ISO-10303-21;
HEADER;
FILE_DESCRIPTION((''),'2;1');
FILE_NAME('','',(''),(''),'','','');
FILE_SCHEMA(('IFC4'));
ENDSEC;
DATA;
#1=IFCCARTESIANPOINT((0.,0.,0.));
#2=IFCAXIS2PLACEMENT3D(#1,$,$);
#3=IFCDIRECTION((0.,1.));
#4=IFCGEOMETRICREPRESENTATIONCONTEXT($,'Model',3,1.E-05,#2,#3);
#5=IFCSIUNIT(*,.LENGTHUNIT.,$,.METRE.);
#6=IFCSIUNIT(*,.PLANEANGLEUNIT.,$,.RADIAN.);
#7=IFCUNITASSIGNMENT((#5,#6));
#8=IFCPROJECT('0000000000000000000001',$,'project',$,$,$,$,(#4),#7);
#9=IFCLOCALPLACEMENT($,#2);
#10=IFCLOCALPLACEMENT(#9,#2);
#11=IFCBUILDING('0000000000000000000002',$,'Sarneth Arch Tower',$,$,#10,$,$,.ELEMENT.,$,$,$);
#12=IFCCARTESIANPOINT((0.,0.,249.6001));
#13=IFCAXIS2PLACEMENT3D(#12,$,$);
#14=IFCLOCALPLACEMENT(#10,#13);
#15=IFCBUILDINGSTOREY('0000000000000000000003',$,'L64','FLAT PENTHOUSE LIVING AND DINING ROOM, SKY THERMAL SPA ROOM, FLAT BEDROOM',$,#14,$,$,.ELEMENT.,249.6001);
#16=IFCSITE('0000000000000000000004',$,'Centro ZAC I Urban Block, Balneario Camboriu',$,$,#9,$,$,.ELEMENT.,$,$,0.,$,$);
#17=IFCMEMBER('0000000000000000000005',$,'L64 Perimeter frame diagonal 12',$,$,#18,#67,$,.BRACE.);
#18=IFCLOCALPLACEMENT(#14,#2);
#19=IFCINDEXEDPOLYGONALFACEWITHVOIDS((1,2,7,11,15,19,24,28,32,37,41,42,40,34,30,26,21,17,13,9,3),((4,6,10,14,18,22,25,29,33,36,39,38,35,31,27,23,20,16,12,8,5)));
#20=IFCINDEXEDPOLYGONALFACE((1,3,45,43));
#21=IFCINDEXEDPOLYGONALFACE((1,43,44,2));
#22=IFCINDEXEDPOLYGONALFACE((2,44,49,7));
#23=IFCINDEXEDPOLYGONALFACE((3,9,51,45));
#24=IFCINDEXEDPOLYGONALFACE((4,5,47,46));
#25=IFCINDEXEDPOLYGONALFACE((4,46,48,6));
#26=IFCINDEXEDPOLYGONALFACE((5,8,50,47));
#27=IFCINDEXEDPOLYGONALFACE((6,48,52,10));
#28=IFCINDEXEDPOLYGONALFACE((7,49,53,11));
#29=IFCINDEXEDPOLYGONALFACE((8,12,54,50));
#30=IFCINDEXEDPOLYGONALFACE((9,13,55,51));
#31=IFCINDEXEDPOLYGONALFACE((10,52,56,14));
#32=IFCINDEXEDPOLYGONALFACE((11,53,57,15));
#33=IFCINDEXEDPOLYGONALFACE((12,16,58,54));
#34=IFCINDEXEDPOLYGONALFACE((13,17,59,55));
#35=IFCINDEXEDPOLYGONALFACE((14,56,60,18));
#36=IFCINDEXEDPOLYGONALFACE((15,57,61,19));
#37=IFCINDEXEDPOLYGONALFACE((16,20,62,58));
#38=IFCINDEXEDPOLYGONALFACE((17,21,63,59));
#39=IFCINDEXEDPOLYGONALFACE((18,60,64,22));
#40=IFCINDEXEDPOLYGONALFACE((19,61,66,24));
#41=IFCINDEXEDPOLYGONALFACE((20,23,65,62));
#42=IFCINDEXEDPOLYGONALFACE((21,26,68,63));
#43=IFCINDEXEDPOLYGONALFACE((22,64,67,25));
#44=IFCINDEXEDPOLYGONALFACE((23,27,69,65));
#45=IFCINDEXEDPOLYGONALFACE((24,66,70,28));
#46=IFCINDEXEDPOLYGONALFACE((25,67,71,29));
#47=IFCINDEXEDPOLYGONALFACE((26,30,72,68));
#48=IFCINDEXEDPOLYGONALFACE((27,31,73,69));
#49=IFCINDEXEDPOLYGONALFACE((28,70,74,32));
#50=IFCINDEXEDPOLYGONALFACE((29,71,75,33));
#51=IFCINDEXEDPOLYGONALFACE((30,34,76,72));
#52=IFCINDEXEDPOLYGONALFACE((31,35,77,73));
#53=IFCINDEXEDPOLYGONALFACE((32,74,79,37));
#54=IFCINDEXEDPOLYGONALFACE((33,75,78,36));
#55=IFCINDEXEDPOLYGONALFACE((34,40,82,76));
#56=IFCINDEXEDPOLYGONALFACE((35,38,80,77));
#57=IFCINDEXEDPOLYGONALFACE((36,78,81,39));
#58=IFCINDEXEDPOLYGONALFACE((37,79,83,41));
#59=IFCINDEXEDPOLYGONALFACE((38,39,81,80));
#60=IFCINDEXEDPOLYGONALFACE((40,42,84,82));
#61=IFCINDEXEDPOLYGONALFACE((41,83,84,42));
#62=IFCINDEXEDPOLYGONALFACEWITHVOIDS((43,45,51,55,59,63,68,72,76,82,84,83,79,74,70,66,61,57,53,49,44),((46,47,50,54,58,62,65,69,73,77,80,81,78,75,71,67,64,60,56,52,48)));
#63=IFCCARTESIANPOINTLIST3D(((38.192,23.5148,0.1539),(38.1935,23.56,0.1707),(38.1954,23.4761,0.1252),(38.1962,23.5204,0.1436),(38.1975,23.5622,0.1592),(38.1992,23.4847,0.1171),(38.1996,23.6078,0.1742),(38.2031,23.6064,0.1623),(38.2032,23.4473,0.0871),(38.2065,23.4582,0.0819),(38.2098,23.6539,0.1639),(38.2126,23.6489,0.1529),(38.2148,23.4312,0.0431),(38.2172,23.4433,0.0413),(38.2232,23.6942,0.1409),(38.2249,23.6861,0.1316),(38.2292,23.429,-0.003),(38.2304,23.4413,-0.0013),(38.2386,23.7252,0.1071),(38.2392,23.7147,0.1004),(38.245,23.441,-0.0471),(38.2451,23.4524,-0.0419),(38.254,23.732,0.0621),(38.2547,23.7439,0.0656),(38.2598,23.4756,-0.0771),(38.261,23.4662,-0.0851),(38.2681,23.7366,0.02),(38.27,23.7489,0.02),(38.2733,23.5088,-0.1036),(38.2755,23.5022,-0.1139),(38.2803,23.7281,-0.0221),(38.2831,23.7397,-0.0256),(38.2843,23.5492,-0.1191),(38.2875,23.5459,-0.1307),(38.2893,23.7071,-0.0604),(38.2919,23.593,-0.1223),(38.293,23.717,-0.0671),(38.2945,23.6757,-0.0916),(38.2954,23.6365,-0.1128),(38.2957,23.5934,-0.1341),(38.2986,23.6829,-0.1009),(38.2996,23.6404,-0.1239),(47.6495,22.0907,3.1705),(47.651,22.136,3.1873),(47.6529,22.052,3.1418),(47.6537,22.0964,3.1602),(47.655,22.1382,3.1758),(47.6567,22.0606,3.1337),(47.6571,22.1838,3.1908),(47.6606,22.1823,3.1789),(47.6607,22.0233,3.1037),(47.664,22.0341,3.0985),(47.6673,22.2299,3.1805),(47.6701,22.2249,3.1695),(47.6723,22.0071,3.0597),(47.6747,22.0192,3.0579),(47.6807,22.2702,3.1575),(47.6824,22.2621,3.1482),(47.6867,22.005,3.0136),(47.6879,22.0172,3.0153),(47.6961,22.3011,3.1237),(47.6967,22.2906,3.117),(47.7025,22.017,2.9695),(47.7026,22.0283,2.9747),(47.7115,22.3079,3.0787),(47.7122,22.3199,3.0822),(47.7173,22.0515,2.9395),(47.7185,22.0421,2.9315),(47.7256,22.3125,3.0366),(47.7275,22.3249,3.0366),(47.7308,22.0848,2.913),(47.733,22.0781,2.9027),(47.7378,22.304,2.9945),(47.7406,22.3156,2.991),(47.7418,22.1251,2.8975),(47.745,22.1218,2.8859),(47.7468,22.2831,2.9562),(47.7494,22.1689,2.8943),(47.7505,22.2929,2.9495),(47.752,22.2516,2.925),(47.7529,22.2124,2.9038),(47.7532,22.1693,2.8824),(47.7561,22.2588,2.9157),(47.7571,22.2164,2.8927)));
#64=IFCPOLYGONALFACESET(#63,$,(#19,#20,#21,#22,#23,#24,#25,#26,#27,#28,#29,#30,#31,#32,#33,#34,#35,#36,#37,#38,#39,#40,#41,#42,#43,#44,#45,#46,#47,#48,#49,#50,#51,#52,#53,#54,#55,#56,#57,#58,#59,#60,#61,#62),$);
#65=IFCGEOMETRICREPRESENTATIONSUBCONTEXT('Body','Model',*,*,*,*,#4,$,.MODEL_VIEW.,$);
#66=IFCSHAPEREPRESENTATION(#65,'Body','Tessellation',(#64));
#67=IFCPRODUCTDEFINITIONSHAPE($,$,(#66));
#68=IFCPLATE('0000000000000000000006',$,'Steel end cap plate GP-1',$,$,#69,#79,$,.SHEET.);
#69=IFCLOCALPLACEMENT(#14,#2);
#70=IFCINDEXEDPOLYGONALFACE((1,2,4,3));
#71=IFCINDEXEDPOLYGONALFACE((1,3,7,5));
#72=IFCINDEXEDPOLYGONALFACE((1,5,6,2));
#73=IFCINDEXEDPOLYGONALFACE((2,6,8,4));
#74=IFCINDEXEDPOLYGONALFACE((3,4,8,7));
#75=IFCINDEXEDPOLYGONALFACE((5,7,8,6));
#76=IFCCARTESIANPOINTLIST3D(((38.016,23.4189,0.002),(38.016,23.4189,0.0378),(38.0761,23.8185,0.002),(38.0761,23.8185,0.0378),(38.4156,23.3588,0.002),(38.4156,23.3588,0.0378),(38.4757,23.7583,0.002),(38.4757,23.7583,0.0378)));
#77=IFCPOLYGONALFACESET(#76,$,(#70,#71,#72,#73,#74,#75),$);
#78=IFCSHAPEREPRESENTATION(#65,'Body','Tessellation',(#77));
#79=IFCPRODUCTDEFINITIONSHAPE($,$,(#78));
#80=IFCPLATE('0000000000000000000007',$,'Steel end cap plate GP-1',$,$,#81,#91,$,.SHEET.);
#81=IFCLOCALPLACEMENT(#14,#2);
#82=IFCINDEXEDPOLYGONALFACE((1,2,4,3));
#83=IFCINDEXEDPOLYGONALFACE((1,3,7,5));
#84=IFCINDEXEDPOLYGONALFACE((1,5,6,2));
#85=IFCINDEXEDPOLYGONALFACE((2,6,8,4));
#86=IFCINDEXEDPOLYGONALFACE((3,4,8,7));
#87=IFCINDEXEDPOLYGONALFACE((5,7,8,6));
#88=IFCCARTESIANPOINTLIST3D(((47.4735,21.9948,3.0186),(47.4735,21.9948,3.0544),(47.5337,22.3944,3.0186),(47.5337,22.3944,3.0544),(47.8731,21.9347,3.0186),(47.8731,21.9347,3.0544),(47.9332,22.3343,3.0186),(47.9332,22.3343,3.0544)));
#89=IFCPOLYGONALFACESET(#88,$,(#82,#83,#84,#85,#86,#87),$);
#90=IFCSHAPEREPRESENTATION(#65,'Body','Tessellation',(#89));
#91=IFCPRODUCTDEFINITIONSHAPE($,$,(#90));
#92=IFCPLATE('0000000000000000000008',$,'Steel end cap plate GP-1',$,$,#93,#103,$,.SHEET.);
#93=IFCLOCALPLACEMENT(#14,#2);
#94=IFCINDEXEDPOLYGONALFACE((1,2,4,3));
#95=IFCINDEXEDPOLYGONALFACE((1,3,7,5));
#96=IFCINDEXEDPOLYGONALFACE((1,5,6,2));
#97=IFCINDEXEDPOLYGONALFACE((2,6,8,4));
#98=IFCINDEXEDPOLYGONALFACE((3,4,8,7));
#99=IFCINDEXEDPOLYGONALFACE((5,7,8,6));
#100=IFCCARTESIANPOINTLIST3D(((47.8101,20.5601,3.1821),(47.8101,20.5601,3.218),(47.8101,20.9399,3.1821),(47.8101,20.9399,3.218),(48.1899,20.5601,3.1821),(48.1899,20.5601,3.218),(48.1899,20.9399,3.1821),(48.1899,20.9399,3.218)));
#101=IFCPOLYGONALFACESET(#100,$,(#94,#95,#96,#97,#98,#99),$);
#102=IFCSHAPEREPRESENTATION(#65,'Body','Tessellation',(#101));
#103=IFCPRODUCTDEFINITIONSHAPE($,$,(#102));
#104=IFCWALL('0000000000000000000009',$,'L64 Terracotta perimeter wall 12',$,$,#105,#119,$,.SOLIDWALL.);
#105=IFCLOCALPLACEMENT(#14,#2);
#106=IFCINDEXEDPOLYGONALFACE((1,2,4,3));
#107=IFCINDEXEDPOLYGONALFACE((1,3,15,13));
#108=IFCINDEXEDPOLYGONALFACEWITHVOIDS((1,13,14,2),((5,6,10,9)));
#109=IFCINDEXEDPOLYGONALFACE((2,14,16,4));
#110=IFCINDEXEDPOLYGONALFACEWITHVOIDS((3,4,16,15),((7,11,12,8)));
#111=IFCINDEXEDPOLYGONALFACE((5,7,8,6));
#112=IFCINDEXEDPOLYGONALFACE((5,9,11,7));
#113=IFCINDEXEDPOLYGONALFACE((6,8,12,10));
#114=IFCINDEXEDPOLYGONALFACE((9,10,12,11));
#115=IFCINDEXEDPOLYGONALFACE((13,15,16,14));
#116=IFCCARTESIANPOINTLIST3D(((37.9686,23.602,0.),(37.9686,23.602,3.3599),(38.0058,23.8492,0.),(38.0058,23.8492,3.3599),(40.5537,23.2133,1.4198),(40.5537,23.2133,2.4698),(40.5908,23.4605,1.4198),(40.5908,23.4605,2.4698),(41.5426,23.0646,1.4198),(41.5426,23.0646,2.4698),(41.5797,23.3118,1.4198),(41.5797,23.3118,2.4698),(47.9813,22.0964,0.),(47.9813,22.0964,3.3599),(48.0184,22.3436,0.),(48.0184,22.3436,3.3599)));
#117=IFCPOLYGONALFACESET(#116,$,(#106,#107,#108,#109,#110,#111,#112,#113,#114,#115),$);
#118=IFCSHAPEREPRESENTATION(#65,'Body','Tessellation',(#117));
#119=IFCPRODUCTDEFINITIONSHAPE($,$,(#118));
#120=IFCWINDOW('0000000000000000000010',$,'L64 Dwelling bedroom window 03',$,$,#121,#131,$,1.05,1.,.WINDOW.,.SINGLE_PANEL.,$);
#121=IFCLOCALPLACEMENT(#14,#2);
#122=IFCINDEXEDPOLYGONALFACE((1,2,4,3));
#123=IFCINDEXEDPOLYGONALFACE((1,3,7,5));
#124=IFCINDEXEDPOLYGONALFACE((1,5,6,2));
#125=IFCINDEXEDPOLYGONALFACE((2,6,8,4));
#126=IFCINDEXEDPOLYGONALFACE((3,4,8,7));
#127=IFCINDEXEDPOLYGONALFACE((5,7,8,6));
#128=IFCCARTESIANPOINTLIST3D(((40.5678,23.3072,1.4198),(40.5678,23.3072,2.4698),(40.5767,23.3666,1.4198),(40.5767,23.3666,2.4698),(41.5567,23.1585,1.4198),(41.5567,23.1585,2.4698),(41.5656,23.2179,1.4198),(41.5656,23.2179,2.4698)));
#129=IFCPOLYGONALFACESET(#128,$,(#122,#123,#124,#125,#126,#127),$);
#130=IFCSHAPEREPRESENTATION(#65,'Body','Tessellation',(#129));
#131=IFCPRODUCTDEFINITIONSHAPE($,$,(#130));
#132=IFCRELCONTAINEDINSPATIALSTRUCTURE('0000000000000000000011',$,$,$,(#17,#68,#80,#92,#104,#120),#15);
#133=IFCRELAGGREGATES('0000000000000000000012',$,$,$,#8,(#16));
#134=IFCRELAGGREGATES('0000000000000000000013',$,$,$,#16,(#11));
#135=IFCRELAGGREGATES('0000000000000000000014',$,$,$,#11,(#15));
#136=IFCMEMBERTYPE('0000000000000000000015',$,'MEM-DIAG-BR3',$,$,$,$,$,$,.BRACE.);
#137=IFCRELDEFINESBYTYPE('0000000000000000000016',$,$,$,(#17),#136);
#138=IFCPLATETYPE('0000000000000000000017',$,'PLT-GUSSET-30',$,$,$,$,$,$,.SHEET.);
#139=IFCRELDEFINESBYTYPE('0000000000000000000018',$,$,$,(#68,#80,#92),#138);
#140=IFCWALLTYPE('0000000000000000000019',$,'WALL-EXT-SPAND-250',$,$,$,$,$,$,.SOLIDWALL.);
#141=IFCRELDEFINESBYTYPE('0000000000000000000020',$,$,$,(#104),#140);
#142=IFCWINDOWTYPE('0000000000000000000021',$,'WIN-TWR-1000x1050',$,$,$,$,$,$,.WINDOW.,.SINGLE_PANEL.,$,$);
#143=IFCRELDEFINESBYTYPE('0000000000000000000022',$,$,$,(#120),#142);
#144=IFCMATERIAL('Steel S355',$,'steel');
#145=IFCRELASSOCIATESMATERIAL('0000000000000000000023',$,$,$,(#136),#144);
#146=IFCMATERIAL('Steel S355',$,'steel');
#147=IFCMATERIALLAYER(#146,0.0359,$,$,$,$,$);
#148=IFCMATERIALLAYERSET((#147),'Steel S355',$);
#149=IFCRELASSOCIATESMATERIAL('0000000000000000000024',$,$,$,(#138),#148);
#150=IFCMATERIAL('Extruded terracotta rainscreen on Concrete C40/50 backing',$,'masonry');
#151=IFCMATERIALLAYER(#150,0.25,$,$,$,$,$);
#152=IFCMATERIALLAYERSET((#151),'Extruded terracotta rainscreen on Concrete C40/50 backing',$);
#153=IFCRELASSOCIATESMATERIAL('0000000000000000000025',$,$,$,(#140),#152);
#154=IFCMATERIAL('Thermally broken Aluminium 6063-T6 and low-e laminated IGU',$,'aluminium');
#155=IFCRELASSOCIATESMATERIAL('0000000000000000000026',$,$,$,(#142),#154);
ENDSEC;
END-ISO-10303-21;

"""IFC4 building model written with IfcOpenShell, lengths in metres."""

from ifc_helpers import new_model, si_unit, direction, frame, frame_2d, origin, origin_2d, place, context, subcontext, project, spatial, rectangle, hollow_circle, extrude, material, layer, layer_set, material_profile, profile_set, type_object, element, fill, save


model = new_model("IFC4")

# Units and contexts
model_context = context("Model", 3, precision=1e-05, world=origin(), true_north=direction((0.0, 1.0)))
body_context = subcontext(model_context, "Body", "Model", "MODEL_VIEW")
ifc_project = project(units=[si_unit("LENGTHUNIT", "METRE"), si_unit("PLANEANGLEUNIT", "RADIAN")], contexts=[model_context])

# Site, building, storey
site_placement = place(None, origin())
site = spatial("IfcSite", under=ifc_project, at=site_placement, Name="Centro ZAC I Urban Block, Balneario Camboriu", CompositionType="ELEMENT", RefElevation=0.0)
building_placement = place(site_placement, origin())
building = spatial("IfcBuilding", under=site, at=building_placement, Name="Sarneth Arch Tower", CompositionType="ELEMENT")
storey_placement = place(building_placement, frame((0.0, 0.0, 249.6001)))
storey = spatial("IfcBuildingStorey", under=building, at=storey_placement, Name="L64", Description="FLAT PENTHOUSE LIVING AND DINING ROOM, SKY THERMAL SPA ROOM, FLAT BEDROOM", CompositionType="ELEMENT", Elevation=249.6001)

# Member
ifc_material_1 = material(Name="Steel S355", Category="steel")
ifc_material_profile_1 = material_profile(ifc_material_1, hollow_circle(Radius=0.1621, WallThickness=0.0125, at=origin_2d()), Name="CHS324x12.5")
ifc_profile_set_1 = profile_set([ifc_material_profile_1], Name="Steel S355")
member_type_1 = type_object("IfcMemberType", Name="MEM-DIAG-BR3", PredefinedType="BRACE", material=ifc_profile_set_1)
member_1_placement = place(storey_placement, frame((38.2458, 23.5886, 0.02), z_axis=(0.943056, -0.142001, 0.3008), x_axis=(0.148897, 0.988853, 0.0)))
element("IfcMember", 1, at=member_1_placement, inside=storey, type_object=member_type_1, Name="L64 Perimeter frame diagonal 12", PredefinedType="BRACE", context=body_context, shape_type="SweptSolid", body=[
    extrude(hollow_circle(Radius=0.1621, WallThickness=0.0125, at=origin_2d()), origin(), (0.0, 0.0, 1.0), 10.0286),
])

# Plates
ifc_material_2 = material(Name="Steel S355", Category="steel")
ifc_layer_1 = layer(ifc_material_2, 0.0359)
ifc_layer_set_1 = layer_set([ifc_layer_1], Name="Steel S355")
plate_type = type_object("IfcPlateType", Name="PLT-GUSSET-30", PredefinedType="SHEET", material=ifc_layer_set_1)
for number, where, z_axis, x_axis, name in (
    (2, (38.2458, 23.5886, 0.002), (0.0, 0.0, 1.0), (0.988861, -0.148845, 0.0), "Steel end cap plate GP-1"),
    (3, (47.7034, 22.1646, 3.0186), (0.0, 0.0, 1.0), (0.988861, -0.148845, 0.0), "Steel end cap plate GP-1"),
):
    element("IfcPlate", number, at=place(storey_placement, frame(where, z_axis=z_axis, x_axis=x_axis)), inside=storey, type_object=plate_type, Name=name, PredefinedType="SHEET", context=body_context, shape_type="SweptSolid", body=[
        extrude(rectangle(XDim=0.4041, YDim=0.4041, at=origin_2d()), origin(), (0.0, 0.0, 1.0), 0.0359),
    ])
plate_placement = place(storey_placement, frame((48.0, 20.75, 3.1821), z_axis=(0.0, 0.0, 1.0), x_axis=(0.0, -1.0, 0.0)))
element("IfcPlate", 4, at=plate_placement, inside=storey, type_object=plate_type, Name="Steel end cap plate GP-1", PredefinedType="SHEET", context=body_context, shape_type="SweptSolid", body=[
    extrude(rectangle(XDim=0.3799, YDim=0.3799, at=origin_2d()), origin(), (0.0, 0.0, 1.0), 0.0359),
])

# Wall, opening, window
ifc_material_3 = material(Name="Extruded terracotta rainscreen on Concrete C40/50 backing", Category="masonry")
ifc_layer_2 = layer(ifc_material_3, 0.25)
ifc_layer_set_2 = layer_set([ifc_layer_2], Name="Extruded terracotta rainscreen on Concrete C40/50 backing")
wall_type_1 = type_object("IfcWallType", Name="WALL-EXT-SPAND-250", PredefinedType="SOLIDWALL", material=ifc_layer_set_2)
wall_1_placement = place(storey_placement, frame((37.9873, 23.7256, 0.0), z_axis=(0.0, 0.0, 1.0), x_axis=(0.988883, -0.148699, 0.0)))
wall_1 = element("IfcWall", 5, at=wall_1_placement, inside=storey, type_object=wall_type_1, Name="L64 Terracotta perimeter wall 12", PredefinedType="SOLIDWALL", context=body_context, shape_type="SweptSolid", body=[
    extrude(rectangle(XDim=10.1252, YDim=0.25, at=frame_2d((5.0625, 0.0))), origin(), (0.0, 0.0, 1.0), 3.3599),
])
opening_1_placement = place(wall_1_placement, frame((2.614, 0.0, 1.4199)))
opening_1 = element("IfcOpeningElement", 6, at=opening_1_placement, cuts=wall_1, PredefinedType="OPENING", context=body_context, shape_type="SweptSolid", body=[
    extrude(rectangle(XDim=1.0, YDim=1.05, at=frame_2d((0.5, 0.5249))), frame((0.0, 0.135, 0.0), z_axis=(0.0, -1.0, 0.0), x_axis=(1.0, 0.0, 0.0)), (0.0, 0.0, 1.0), 0.27),
])
ifc_material_4 = material(Name="Thermally broken Aluminium 6063-T6 and low-e laminated IGU", Category="aluminium")
window_type_1 = type_object("IfcWindowType", Name="WIN-TWR-1000x1050", PartitioningType="SINGLE_PANEL", PredefinedType="WINDOW", material=ifc_material_4)
window_1_placement = place(opening_1_placement, origin())
window_1 = element("IfcWindow", 7, at=window_1_placement, inside=storey, type_object=window_type_1, Name="L64 Dwelling bedroom window 03", OverallHeight=1.05, OverallWidth=1.0, PartitioningType="SINGLE_PANEL", PredefinedType="WINDOW", context=body_context, shape_type="SweptSolid", body=[
    extrude(rectangle(XDim=1.0, YDim=1.05, at=frame_2d((0.5, 0.5249))), frame((0.0, 0.03, 0.0), z_axis=(0.0, -1.0, 0.0), x_axis=(1.0, 0.0, 0.0)), (0.0, 0.0, 1.0), 0.0601),
])
fill(opening_1, window_1)

save(model, "model.ifc")
